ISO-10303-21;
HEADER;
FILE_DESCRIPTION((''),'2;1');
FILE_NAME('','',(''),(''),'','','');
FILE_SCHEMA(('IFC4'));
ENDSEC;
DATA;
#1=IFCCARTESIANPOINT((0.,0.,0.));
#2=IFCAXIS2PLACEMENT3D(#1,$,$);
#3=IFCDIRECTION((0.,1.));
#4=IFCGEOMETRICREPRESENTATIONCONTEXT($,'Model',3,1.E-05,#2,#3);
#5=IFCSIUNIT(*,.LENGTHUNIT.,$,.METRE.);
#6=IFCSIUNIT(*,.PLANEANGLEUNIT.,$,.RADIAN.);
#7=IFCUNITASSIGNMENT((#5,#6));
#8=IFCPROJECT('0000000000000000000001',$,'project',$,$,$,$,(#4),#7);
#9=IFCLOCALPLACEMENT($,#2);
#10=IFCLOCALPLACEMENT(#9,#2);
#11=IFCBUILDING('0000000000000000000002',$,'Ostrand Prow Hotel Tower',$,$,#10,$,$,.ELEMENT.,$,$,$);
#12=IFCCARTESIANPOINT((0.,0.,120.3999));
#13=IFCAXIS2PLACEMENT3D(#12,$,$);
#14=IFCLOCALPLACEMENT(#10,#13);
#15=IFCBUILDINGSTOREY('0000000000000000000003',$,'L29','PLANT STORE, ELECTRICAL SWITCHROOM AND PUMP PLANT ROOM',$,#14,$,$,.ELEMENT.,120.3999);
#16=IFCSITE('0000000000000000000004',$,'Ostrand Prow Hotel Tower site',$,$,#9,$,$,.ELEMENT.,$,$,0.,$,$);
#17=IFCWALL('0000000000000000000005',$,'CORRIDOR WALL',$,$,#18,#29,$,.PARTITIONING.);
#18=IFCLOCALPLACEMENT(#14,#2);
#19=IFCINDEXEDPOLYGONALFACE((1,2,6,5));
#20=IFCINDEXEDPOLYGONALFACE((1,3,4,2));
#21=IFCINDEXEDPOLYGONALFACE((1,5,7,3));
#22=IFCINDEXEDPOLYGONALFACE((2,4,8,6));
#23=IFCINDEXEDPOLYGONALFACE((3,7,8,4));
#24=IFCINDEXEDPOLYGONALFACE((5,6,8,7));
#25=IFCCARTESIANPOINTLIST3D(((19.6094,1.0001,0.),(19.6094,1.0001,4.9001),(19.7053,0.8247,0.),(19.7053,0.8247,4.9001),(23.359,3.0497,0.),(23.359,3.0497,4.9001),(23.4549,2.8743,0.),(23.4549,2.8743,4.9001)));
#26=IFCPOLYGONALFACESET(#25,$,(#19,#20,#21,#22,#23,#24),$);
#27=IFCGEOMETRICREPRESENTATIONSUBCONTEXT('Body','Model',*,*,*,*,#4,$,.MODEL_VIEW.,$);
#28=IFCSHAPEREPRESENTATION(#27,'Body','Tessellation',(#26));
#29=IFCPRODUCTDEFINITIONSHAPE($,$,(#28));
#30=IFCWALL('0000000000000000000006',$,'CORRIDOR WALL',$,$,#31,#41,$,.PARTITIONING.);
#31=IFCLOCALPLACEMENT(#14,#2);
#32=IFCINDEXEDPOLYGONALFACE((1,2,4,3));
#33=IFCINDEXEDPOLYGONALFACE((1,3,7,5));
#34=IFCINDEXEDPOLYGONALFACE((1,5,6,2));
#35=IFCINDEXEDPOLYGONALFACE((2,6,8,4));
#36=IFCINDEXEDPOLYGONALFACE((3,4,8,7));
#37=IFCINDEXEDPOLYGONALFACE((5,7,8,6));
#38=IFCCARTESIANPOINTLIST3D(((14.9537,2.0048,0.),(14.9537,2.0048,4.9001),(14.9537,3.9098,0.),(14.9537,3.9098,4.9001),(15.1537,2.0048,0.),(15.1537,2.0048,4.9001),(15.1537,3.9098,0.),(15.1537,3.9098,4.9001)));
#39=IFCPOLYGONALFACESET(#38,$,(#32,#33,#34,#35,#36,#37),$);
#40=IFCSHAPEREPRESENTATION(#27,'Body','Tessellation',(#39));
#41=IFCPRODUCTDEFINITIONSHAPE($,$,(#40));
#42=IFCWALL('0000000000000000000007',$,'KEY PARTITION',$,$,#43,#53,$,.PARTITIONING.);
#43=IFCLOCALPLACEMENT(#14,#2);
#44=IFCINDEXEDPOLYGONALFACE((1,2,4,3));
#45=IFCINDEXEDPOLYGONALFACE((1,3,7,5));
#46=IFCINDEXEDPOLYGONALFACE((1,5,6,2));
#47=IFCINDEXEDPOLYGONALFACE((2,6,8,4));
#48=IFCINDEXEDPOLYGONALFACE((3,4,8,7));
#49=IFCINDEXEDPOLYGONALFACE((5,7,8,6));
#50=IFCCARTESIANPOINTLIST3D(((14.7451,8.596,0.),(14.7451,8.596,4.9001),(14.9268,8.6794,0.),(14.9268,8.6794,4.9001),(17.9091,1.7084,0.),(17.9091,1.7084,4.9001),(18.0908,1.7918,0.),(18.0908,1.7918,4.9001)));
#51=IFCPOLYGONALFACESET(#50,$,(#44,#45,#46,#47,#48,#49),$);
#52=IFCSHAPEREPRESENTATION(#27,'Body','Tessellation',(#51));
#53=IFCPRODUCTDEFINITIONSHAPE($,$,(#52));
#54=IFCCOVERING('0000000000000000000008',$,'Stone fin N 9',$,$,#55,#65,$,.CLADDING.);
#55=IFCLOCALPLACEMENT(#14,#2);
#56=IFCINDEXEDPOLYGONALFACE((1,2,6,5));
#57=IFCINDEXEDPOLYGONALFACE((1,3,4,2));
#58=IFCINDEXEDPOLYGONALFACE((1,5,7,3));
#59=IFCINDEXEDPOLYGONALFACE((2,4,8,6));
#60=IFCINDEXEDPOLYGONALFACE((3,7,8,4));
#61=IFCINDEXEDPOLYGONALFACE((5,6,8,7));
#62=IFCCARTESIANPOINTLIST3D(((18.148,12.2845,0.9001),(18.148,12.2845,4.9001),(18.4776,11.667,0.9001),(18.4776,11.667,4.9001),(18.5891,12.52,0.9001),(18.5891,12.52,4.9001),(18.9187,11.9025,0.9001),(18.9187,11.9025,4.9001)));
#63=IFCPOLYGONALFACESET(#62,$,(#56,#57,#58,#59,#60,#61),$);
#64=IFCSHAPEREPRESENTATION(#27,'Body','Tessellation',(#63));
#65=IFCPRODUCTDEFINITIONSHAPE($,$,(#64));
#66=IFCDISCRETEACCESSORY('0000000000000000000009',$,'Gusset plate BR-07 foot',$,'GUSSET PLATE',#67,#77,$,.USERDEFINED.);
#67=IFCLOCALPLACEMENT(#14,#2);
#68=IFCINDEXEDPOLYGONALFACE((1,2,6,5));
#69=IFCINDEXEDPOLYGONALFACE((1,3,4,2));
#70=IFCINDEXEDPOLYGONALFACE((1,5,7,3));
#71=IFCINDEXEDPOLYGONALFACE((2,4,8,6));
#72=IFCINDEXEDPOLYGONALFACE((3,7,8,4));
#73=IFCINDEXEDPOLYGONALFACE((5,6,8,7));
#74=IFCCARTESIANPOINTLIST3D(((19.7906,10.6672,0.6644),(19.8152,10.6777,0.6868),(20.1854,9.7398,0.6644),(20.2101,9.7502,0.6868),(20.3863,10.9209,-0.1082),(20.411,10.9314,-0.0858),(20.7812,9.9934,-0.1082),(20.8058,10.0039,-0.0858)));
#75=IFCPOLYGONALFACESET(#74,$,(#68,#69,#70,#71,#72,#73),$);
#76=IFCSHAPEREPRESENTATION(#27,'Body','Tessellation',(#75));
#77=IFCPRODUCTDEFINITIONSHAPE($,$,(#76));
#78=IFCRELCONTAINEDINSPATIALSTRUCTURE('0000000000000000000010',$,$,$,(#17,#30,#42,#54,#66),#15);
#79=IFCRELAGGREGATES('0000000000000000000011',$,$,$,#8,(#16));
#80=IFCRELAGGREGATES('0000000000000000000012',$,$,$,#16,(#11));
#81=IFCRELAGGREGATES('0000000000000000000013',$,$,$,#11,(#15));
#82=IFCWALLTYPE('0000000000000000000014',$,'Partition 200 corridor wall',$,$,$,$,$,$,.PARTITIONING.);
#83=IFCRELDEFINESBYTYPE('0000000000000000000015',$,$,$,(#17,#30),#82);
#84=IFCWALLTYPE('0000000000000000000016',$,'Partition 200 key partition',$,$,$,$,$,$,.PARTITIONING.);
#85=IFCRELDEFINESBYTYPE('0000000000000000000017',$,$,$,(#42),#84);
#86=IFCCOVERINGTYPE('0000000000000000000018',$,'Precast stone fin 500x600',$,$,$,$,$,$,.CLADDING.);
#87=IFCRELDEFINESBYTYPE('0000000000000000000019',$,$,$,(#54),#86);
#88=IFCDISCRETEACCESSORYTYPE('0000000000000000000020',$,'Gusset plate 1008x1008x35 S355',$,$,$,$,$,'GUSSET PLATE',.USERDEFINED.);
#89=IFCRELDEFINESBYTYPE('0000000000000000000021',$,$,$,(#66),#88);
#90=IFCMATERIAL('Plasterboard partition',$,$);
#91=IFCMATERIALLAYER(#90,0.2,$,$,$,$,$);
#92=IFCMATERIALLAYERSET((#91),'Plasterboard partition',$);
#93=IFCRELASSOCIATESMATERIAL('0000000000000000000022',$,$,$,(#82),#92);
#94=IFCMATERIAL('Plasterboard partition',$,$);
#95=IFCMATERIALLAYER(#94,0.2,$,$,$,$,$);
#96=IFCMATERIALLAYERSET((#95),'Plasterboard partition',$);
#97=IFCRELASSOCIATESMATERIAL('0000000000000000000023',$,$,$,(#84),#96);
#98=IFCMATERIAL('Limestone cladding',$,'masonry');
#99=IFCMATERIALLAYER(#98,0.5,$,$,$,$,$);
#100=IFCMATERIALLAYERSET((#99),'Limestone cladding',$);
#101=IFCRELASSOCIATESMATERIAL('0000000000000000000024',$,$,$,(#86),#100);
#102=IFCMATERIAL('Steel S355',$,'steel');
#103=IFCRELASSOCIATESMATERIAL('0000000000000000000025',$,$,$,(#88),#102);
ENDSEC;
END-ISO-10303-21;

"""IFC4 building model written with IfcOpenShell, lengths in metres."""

from ifc_helpers import new_model, si_unit, direction, frame, frame_2d, origin, origin_2d, place, context, subcontext, project, spatial, rectangle, extrude, material, layer, layer_set, material_profile, profile_set, type_object, element, save


model = new_model("IFC4")

# Units and contexts
model_context = context("Model", 3, precision=1e-05, world=origin(), true_north=direction((0.0, 1.0)))
body_context = subcontext(model_context, "Body", "Model", "MODEL_VIEW")
ifc_project = project(units=[si_unit("LENGTHUNIT", "METRE"), si_unit("PLANEANGLEUNIT", "RADIAN")], contexts=[model_context])

# Site, building, storey
site_placement = place(None, origin())
site = spatial("IfcSite", under=ifc_project, at=site_placement, Name="Ostrand Prow Hotel Tower site", CompositionType="ELEMENT", RefElevation=0.0)
building_placement = place(site_placement, origin())
building = spatial("IfcBuilding", under=site, at=building_placement, Name="Ostrand Prow Hotel Tower", CompositionType="ELEMENT")
storey_placement = place(building_placement, frame((0.0, 0.0, 120.3999)))
storey = spatial("IfcBuildingStorey", under=building, at=storey_placement, Name="L29", Description="PLANT STORE, ELECTRICAL SWITCHROOM AND PUMP PLANT ROOM", CompositionType="ELEMENT", Elevation=120.3999)

# Shared definitions
ifc_material_1 = material(Name="Plasterboard partition")
ifc_layer_1 = layer(ifc_material_1, 0.2)
ifc_layer_set_1 = layer_set([ifc_layer_1], Name="Plasterboard partition")
wall_type_1 = type_object("IfcWallType", Name="Partition 200 corridor wall", PredefinedType="PARTITIONING", material=ifc_layer_set_1)

# Walls
wall_1_placement = place(storey_placement, frame((19.6572, 0.9124, 0.0), z_axis=(0.0, 0.0, 1.0), x_axis=(0.877465, 0.479641, 0.0)))
element("IfcWall", 1, at=wall_1_placement, inside=storey, type_object=wall_type_1, Name="CORRIDOR WALL", PredefinedType="PARTITIONING", context=body_context, shape_type="SweptSolid", body=[
    extrude(rectangle(XDim=4.2732, YDim=0.2, at=frame_2d((2.1367, 0.0))), origin(), (0.0, 0.0, 1.0), 4.9001),
])
wall_2_placement = place(storey_placement, frame((15.0537, 3.9099, 0.0), z_axis=(0.0, 0.0, 1.0), x_axis=(0.0, -1.0, 0.0)))
element("IfcWall", 2, at=wall_2_placement, inside=storey, type_object=wall_type_1, Name="CORRIDOR WALL", PredefinedType="PARTITIONING", context=body_context, shape_type="SweptSolid", body=[
    extrude(rectangle(XDim=1.905, YDim=0.2, at=frame_2d((0.9526, 0.0))), origin(), (0.0, 0.0, 1.0), 4.9001),
])
ifc_material_2 = material(Name="Plasterboard partition")
ifc_layer_2 = layer(ifc_material_2, 0.2)
ifc_layer_set_2 = layer_set([ifc_layer_2], Name="Plasterboard partition")
wall_type_2 = type_object("IfcWallType", Name="Partition 200 key partition", PredefinedType="PARTITIONING", material=ifc_layer_set_2)
wall_3_placement = place(storey_placement, frame((14.8359, 8.6377, 0.0), z_axis=(0.0, 0.0, 1.0), x_axis=(0.41744, -0.908705, 0.0)))
element("IfcWall", 3, at=wall_3_placement, inside=storey, type_object=wall_type_2, Name="KEY PARTITION", PredefinedType="PARTITIONING", context=body_context, shape_type="SweptSolid", body=[
    extrude(rectangle(XDim=7.5796, YDim=0.2, at=frame_2d((3.7898, 0.0))), origin(), (0.0, 0.0, 1.0), 4.9001),
])

# Covering
ifc_material_3 = material(Name="Limestone cladding", Category="masonry")
ifc_layer_3 = layer(ifc_material_3, 0.5)
ifc_layer_set_3 = layer_set([ifc_layer_3], Name="Limestone cladding")
covering_type = type_object("IfcCoveringType", Name="Precast stone fin 500x600", PredefinedType="CLADDING", material=ifc_layer_set_3)
covering_placement = place(storey_placement, frame((18.6982, 11.7847, 0.9001), z_axis=(0.0, 0.0, 1.0), x_axis=(-0.470914, 0.882179, 0.0)))
element("IfcCovering", 4, at=covering_placement, inside=storey, type_object=covering_type, Name="Stone fin N 9", PredefinedType="CLADDING", context=body_context, shape_type="SweptSolid", body=[
    extrude(rectangle(XDim=0.7, YDim=0.5, at=frame_2d((0.3501, 0.0))), origin(), (0.0, 0.0, 1.0), 4.0),
])

# Discrete accessory
ifc_material_4 = material(Name="Steel S355", Category="steel")
ifc_material_profile_1 = material_profile(ifc_material_4, rectangle(XDim=1.0081, YDim=1.0081, at=origin_2d()), Name="PL 1008x1008x35")
ifc_profile_set_1 = profile_set([ifc_material_profile_1], Name="Steel S355")
discrete_accessory_type = type_object("IfcDiscreteAccessoryType", Name="Gusset plate 1008x1008x35 S355", ElementType="GUSSET PLATE", PredefinedType="USERDEFINED", material=ifc_profile_set_1)
discrete_accessory_placement = place(storey_placement, frame((20.2859, 10.3303, 0.2781), z_axis=(0.705174, 0.300223, 0.642337), x_axis=(-0.391719, 0.920085, 0.0)))
element("IfcDiscreteAccessory", 5, at=discrete_accessory_placement, inside=storey, type_object=discrete_accessory_type, Name="Gusset plate BR-07 foot", ObjectType="GUSSET PLATE", PredefinedType="USERDEFINED", context=body_context, shape_type="SweptSolid", body=[
    extrude(rectangle(XDim=1.0081, YDim=1.0081, at=origin_2d()), origin(), (0.0, 0.0, 1.0), 0.0349),
])

save(model, "model.ifc")
